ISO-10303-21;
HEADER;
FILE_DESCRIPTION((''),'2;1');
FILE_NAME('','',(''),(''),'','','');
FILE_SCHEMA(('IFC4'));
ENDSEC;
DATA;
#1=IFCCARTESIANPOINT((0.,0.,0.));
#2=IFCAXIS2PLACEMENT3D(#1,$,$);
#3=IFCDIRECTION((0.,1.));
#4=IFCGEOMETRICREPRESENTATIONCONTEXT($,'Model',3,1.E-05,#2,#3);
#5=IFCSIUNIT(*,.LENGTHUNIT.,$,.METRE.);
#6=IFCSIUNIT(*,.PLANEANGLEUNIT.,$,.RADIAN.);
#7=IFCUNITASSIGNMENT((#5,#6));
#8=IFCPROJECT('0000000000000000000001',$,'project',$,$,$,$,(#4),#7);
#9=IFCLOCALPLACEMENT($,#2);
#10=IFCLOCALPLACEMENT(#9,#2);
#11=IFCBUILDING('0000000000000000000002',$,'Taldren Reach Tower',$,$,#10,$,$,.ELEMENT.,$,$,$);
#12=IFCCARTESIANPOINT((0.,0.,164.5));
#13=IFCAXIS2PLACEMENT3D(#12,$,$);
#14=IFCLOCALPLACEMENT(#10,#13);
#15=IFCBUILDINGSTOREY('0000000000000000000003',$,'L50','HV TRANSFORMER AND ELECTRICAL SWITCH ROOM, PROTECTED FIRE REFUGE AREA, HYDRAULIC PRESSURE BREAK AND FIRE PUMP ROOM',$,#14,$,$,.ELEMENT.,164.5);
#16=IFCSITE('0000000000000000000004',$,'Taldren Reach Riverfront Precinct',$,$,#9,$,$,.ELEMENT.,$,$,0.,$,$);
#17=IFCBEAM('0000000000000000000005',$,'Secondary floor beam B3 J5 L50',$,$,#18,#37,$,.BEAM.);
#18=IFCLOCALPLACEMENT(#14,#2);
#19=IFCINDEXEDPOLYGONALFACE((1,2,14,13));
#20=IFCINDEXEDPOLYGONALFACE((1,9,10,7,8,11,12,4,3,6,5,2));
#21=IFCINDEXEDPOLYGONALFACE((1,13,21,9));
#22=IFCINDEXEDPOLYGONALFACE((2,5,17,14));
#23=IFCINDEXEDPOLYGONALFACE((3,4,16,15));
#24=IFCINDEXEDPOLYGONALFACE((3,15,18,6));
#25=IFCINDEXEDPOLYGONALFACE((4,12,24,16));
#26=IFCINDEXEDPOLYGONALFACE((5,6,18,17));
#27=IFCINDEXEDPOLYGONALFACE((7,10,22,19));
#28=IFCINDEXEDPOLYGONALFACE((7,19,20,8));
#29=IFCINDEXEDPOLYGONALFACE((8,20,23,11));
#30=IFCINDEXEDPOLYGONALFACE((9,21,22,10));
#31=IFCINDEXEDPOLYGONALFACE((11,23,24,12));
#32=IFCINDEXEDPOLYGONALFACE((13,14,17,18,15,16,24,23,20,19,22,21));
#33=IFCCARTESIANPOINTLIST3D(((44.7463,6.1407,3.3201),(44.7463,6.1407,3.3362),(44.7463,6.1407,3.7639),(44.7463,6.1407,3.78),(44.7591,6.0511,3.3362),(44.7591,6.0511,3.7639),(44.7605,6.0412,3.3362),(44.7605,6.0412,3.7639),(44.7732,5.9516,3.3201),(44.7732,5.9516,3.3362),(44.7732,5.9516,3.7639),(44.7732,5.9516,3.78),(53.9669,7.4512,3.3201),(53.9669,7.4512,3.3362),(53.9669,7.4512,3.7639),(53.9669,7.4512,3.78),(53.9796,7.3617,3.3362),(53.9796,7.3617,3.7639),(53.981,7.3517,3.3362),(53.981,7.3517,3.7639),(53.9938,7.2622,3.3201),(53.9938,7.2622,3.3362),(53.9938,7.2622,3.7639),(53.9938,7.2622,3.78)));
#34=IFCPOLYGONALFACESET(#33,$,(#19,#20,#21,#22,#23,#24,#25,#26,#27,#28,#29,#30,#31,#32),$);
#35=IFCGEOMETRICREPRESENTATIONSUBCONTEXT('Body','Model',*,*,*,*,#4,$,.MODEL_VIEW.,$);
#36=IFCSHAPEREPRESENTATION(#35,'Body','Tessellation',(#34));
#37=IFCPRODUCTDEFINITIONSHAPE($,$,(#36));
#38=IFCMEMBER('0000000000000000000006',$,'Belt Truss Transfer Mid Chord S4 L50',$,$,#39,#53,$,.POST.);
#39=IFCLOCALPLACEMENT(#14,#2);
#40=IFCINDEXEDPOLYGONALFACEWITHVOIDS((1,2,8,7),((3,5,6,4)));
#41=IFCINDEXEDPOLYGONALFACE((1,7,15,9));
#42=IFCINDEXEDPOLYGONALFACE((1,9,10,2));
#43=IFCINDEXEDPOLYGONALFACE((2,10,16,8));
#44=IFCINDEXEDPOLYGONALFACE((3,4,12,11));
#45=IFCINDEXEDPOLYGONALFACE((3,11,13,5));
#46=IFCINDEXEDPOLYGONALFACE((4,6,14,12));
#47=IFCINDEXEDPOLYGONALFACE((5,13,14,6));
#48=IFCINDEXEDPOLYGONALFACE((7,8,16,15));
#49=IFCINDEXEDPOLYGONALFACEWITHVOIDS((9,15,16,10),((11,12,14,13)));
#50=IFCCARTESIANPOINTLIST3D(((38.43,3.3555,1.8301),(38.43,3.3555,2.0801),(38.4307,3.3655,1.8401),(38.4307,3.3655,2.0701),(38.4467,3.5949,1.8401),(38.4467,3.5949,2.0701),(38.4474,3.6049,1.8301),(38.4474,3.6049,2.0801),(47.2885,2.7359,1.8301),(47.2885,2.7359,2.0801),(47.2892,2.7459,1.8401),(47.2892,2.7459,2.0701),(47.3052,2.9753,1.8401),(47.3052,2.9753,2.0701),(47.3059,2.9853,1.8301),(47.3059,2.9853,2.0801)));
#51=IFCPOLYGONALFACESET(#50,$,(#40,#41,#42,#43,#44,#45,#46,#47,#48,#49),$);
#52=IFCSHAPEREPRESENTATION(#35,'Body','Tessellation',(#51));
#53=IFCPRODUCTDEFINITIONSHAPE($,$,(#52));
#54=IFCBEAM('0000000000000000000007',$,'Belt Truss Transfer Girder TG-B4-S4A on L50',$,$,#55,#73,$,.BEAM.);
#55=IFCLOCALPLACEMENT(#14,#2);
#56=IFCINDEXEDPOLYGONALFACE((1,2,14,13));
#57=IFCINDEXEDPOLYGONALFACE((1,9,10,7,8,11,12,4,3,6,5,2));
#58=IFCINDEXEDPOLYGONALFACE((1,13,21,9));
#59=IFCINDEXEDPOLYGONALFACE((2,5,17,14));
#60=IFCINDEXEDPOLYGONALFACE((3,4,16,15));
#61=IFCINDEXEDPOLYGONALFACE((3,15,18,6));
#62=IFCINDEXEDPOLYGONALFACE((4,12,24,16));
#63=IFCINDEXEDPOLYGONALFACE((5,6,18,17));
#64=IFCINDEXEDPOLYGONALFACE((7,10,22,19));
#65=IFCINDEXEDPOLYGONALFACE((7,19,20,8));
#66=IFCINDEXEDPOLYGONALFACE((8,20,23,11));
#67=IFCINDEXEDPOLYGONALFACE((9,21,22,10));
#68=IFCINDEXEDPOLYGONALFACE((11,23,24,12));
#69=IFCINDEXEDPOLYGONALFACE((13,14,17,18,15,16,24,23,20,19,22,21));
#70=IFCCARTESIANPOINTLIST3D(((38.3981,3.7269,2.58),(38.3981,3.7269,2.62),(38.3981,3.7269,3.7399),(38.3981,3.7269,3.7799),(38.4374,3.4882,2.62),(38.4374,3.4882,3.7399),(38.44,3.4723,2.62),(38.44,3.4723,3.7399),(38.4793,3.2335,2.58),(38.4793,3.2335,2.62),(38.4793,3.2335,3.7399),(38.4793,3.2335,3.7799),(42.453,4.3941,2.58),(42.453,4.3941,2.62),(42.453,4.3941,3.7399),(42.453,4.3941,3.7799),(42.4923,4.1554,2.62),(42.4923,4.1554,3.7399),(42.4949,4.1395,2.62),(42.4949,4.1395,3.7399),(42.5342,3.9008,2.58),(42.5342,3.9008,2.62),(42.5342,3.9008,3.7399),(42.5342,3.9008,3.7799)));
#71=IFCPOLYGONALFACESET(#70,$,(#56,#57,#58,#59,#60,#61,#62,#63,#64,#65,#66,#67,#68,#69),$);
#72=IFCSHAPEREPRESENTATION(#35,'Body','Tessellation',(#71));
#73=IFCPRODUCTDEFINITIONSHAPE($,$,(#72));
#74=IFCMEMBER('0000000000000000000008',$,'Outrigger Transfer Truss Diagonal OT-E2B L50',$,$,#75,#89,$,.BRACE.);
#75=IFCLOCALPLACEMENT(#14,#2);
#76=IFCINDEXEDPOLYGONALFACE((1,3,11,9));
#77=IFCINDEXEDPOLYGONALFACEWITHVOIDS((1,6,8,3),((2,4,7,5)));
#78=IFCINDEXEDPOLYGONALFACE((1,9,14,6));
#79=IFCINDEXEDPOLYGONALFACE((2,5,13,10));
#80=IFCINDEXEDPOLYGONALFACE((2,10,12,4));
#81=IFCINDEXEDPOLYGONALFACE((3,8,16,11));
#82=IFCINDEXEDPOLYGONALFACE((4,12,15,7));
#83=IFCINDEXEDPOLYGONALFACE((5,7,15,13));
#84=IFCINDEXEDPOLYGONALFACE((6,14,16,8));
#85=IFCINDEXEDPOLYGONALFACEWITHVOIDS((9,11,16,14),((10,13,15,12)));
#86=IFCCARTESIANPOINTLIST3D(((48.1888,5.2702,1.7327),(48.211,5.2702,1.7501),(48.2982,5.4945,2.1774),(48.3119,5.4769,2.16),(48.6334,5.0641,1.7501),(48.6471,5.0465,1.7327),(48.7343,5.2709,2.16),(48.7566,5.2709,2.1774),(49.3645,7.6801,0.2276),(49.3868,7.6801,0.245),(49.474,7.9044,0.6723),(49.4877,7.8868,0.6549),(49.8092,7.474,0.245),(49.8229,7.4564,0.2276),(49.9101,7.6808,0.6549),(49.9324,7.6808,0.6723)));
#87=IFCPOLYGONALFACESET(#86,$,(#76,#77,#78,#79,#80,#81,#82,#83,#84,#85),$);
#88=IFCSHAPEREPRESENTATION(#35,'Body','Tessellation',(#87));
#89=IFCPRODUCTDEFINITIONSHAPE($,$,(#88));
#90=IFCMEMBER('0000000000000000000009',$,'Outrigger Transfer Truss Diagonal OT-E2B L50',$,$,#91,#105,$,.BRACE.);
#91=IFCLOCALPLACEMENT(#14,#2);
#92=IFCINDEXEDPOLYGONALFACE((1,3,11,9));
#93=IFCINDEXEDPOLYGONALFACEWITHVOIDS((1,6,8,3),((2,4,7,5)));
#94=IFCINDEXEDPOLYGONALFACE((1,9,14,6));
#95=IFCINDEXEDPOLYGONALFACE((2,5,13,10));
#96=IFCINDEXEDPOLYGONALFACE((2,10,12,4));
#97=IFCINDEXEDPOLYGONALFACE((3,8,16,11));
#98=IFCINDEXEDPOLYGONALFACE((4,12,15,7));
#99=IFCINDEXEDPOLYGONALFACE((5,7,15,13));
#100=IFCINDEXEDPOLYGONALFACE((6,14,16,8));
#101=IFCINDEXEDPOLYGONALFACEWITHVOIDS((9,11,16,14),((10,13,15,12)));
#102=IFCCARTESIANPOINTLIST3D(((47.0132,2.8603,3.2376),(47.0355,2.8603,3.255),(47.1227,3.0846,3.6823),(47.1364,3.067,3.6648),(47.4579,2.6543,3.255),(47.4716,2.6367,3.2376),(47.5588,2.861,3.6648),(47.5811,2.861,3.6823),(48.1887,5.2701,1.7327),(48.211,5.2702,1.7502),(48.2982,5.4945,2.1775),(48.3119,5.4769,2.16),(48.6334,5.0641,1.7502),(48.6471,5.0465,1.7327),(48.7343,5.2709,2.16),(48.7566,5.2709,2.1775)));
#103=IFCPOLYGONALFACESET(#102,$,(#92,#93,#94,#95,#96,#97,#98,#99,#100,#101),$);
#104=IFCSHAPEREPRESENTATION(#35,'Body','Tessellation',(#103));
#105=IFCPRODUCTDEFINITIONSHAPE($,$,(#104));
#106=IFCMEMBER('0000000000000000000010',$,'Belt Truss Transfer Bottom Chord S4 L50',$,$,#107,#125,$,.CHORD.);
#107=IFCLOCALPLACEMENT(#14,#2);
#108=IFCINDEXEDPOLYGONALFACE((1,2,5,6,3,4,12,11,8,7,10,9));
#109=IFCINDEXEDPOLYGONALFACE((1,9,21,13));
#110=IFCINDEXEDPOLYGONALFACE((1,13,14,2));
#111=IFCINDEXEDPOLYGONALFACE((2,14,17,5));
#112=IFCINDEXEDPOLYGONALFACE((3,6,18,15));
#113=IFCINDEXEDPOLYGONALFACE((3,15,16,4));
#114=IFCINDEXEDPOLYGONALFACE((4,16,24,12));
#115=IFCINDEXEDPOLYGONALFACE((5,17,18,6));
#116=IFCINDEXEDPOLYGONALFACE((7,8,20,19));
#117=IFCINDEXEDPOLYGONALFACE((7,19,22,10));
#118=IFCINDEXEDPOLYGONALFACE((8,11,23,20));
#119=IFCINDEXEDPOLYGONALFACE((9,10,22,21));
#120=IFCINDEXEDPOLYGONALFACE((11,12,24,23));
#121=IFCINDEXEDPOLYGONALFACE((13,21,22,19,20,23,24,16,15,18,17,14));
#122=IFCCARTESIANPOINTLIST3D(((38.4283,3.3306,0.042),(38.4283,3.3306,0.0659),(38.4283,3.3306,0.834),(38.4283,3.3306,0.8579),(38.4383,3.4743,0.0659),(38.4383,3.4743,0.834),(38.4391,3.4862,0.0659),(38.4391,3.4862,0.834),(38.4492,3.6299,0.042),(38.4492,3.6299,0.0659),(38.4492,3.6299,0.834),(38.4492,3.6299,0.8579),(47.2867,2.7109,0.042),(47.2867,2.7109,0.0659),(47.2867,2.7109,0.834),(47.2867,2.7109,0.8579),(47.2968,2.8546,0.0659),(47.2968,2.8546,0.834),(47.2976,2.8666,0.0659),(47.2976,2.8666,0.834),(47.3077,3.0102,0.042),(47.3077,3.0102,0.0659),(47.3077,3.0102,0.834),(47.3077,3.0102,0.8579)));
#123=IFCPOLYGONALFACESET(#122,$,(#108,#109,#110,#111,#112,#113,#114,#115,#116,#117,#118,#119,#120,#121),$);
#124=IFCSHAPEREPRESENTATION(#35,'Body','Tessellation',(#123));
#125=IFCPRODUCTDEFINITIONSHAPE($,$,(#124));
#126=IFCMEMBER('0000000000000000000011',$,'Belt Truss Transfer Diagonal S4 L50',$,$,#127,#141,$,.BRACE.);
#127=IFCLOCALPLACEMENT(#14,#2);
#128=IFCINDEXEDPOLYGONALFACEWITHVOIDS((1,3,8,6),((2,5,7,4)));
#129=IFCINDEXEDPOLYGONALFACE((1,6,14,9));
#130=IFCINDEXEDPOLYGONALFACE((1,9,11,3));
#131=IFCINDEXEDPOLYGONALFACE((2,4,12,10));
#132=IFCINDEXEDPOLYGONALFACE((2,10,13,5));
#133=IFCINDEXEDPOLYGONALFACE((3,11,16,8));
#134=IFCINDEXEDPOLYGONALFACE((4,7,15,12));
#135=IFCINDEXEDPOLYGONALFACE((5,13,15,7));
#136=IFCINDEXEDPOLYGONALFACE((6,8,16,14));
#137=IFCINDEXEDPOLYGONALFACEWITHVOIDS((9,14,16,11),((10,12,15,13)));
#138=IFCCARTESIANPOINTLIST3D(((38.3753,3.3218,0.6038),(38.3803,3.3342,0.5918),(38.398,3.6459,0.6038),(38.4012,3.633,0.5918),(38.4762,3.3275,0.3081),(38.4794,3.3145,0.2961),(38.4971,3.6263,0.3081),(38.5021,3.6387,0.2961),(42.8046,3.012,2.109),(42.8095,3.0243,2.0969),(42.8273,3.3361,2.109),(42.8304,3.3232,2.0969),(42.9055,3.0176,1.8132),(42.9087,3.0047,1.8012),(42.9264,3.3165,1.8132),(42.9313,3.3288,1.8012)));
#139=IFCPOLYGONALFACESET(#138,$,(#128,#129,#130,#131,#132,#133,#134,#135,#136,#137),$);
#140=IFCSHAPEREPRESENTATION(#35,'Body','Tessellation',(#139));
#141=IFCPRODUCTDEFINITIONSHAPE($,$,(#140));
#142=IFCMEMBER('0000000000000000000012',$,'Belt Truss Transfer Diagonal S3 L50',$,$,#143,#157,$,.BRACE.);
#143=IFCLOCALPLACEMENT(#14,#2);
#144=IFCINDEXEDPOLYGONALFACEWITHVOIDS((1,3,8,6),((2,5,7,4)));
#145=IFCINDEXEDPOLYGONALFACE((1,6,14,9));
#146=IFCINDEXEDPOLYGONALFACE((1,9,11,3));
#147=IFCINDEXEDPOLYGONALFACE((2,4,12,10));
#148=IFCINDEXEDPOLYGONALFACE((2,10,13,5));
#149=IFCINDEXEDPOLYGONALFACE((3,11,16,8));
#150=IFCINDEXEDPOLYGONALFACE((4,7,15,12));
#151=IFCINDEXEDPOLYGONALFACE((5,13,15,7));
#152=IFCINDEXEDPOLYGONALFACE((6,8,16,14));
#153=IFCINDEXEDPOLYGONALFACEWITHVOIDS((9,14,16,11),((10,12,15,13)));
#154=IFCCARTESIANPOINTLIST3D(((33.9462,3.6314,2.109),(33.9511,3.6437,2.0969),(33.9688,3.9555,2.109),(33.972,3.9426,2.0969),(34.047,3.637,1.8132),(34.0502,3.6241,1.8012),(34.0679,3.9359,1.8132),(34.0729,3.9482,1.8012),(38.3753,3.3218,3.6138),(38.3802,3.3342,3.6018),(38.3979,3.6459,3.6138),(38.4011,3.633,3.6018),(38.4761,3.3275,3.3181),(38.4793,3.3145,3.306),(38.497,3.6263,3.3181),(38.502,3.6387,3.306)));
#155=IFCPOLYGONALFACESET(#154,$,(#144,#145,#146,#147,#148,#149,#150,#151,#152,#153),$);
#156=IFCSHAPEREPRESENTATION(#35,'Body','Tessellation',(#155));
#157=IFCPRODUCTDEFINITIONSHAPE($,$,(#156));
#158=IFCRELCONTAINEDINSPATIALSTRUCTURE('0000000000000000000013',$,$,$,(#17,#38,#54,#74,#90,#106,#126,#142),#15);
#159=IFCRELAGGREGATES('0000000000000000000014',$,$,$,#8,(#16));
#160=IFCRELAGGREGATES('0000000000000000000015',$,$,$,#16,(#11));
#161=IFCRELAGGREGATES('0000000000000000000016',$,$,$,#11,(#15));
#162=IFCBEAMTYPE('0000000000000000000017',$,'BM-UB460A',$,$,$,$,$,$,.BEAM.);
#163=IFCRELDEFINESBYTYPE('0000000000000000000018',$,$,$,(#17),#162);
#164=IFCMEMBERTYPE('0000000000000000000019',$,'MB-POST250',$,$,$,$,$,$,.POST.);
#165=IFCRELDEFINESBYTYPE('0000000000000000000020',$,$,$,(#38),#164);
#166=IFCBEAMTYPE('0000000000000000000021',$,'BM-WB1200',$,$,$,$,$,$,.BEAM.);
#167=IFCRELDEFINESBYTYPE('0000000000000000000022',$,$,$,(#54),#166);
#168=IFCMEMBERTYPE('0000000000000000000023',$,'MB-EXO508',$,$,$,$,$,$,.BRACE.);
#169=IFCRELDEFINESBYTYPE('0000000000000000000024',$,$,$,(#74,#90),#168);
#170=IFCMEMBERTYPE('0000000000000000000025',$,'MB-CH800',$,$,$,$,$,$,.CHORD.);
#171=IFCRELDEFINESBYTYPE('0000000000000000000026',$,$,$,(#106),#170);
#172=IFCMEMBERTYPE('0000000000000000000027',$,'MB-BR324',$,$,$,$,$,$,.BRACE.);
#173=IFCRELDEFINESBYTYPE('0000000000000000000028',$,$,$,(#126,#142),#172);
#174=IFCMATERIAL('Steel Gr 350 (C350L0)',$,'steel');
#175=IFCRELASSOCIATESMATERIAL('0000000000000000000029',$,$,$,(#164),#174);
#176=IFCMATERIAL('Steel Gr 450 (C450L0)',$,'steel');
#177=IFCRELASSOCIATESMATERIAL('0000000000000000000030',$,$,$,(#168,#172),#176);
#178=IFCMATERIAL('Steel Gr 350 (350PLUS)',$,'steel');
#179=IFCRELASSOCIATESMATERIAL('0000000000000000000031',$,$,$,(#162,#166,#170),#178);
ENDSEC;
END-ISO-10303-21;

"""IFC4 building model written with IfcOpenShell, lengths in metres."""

from ifc_helpers import new_model, si_unit, direction, frame, origin, origin_2d, place, context, subcontext, project, spatial, hollow_rectangle, i_section, extrude, source, transform, mapped, material, material_profile, profile_set, type_object, element, save


model = new_model("IFC4")

# Units and contexts
model_context = context("Model", 3, precision=1e-05, world=origin(), true_north=direction((0.0, 1.0)))
body_context = subcontext(model_context, "Body", "Model", "MODEL_VIEW")
ifc_project = project(units=[si_unit("LENGTHUNIT", "METRE"), si_unit("PLANEANGLEUNIT", "RADIAN")], contexts=[model_context])

# Site, building, storey
site_placement = place(None, origin())
site = spatial("IfcSite", under=ifc_project, at=site_placement, Name="Taldren Reach Riverfront Precinct", CompositionType="ELEMENT", RefElevation=0.0)
building_placement = place(site_placement, origin())
building = spatial("IfcBuilding", under=site, at=building_placement, Name="Taldren Reach Tower", CompositionType="ELEMENT")
storey_placement = place(building_placement, frame((0.0, 0.0, 164.5)))
storey = spatial("IfcBuildingStorey", under=building, at=storey_placement, Name="L50", Description="HV TRANSFORMER AND ELECTRICAL SWITCH ROOM, PROTECTED FIRE REFUGE AREA, HYDRAULIC PRESSURE BREAK AND FIRE PUMP ROOM", CompositionType="ELEMENT", Elevation=164.5)

# Shared definitions
ifc_material_1 = material(Name="Steel Gr 450 (C450L0)", Category="steel")
ifc_material_2 = material(Name="Steel Gr 350 (350PLUS)", Category="steel")

# Shared definitions
ifc_material_3 = material(Name="Steel Gr 350 (C350L0)", Category="steel")
ifc_material_profile_1 = material_profile(ifc_material_3, hollow_rectangle(XDim=0.25, YDim=0.25, WallThickness=0.01, at=origin_2d()), Name="250x250x10.0SHS")
ifc_profile_set_1 = profile_set([ifc_material_profile_1], Name="Steel Gr 350 (C350L0)")
member_type_1 = type_object("IfcMemberType", Name="MB-POST250", PredefinedType="POST", material=ifc_profile_set_1)
ifc_material_profile_2 = material_profile(ifc_material_1, hollow_rectangle(XDim=0.51, YDim=0.51, WallThickness=0.02, at=origin_2d()), Name="510x510x20.0SHS")
ifc_profile_set_2 = profile_set([ifc_material_profile_2], Name="Steel Gr 450 (C450L0)")
member_type_2 = type_object("IfcMemberType", Name="MB-EXO508", PredefinedType="BRACE", material=ifc_profile_set_2)

# Beam
ifc_material_profile_3 = material_profile(ifc_material_2, i_section(OverallWidth=0.1909, OverallDepth=0.46, WebThickness=0.01, FlangeThickness=0.0161, at=origin_2d()), Name="460UB82.1")
ifc_profile_set_3 = profile_set([ifc_material_profile_3], Name="Steel Gr 350 (350PLUS)")
beam_type_1 = type_object("IfcBeamType", Name="BM-UB460A", PredefinedType="BEAM", material=ifc_profile_set_3)
shared_shape_1 = source(origin(), body_context, "Body", "SweptSolid", [
    extrude(i_section(OverallWidth=0.1909, OverallDepth=0.46, WebThickness=0.01, FlangeThickness=0.0161, at=origin_2d()), origin(), (0.0, 0.0, 1.0), 9.3132),
])
beam_1_placement = place(storey_placement, frame((44.7598, 6.0461, 3.55), z_axis=(0.990049, 0.14072, 0.0), x_axis=(-0.14072, 0.990049, 0.0)))
element("IfcBeam", 1, at=beam_1_placement, inside=storey, type_object=beam_type_1, Name="Secondary floor beam B3 J5 L50", PredefinedType="BEAM", context=body_context, shape_type="MappedRepresentation", body=[
    mapped(shared_shape_1, transform((0.0, 0.0, 0.0), scale=1.0)),
])

# Member
shared_shape_2 = source(origin(), body_context, "Body", "SweptSolid", [
    extrude(hollow_rectangle(XDim=0.25, YDim=0.25, WallThickness=0.01, at=origin_2d()), origin(), (0.0, 0.0, 1.0), 8.8801),
])
member_1_placement = place(storey_placement, frame((38.4387, 3.4802, 1.9551), z_axis=(0.997563, -0.069778, 0.0), x_axis=(0.069778, 0.997563, 0.0)))
element("IfcMember", 2, at=member_1_placement, inside=storey, type_object=member_type_1, Name="Belt Truss Transfer Mid Chord S4 L50", PredefinedType="POST", context=body_context, shape_type="MappedRepresentation", body=[
    mapped(shared_shape_2, transform((0.0, 0.0, 0.0), scale=1.0)),
])

# Beam
ifc_material_profile_4 = material_profile(ifc_material_2, i_section(OverallWidth=0.5, OverallDepth=1.2, WebThickness=0.0161, FlangeThickness=0.04, at=origin_2d()), Name="1200WB455")
ifc_profile_set_4 = profile_set([ifc_material_profile_4], Name="Steel Gr 350 (350PLUS)")
beam_type_2 = type_object("IfcBeamType", Name="BM-WB1200", PredefinedType="BEAM", material=ifc_profile_set_4)
shared_shape_3 = source(origin(), body_context, "Body", "SweptSolid", [
    extrude(i_section(OverallWidth=0.5, OverallDepth=1.2, WebThickness=0.0161, FlangeThickness=0.04, at=origin_2d()), origin(), (0.0, 0.0, 1.0), 4.1094),
])
beam_2_placement = place(storey_placement, frame((38.4387, 3.4802, 3.1799), z_axis=(0.986731, 0.162366, 0.0), x_axis=(-0.162366, 0.986731, 0.0)))
element("IfcBeam", 3, at=beam_2_placement, inside=storey, type_object=beam_type_2, Name="Belt Truss Transfer Girder TG-B4-S4A on L50", PredefinedType="BEAM", context=body_context, shape_type="MappedRepresentation", body=[
    mapped(shared_shape_3, transform((0.0, 0.0, 0.0), scale=1.0)),
])

# Members
shared_shape_4 = source(origin(), body_context, "Body", "SweptSolid", [
    extrude(hollow_rectangle(XDim=0.51, YDim=0.51, WallThickness=0.02, at=origin_2d()), origin(), (0.0, 0.0, 1.0), 3.075),
])
member_2_placement = place(storey_placement, frame((49.6484, 7.6804, 0.45), z_axis=(-0.38237, -0.783715, 0.489474), x_axis=(0.898737, -0.438488, 0.0)))
element("IfcMember", 4, at=member_2_placement, inside=storey, type_object=member_type_2, Name="Outrigger Transfer Truss Diagonal OT-E2B L50", PredefinedType="BRACE", context=body_context, shape_type="MappedRepresentation", body=[
    mapped(shared_shape_4, transform((0.0, 0.0, 0.0), scale=1.0)),
])
shared_shape_5 = source(origin(), body_context, "Body", "SweptSolid", [
    extrude(hollow_rectangle(XDim=0.51, YDim=0.51, WallThickness=0.02, at=origin_2d()), origin(), (0.0, 0.0, 1.0), 3.0747),
])
member_3_placement = place(storey_placement, frame((48.4727, 5.2705, 1.9551), z_axis=(-0.382317, -0.783769, 0.489429), x_axis=(0.898773, -0.438415, 0.0)))
element("IfcMember", 5, at=member_3_placement, inside=storey, type_object=member_type_2, Name="Outrigger Transfer Truss Diagonal OT-E2B L50", PredefinedType="BRACE", context=body_context, shape_type="MappedRepresentation", body=[
    mapped(shared_shape_5, transform((0.0, 0.0, 0.0), scale=1.0)),
])
ifc_material_profile_5 = material_profile(ifc_material_2, i_section(OverallWidth=0.3, OverallDepth=0.8159, WebThickness=0.012, FlangeThickness=0.0239, at=origin_2d()), Name="800WB192")
ifc_profile_set_5 = profile_set([ifc_material_profile_5], Name="Steel Gr 350 (350PLUS)")
member_type_3 = type_object("IfcMemberType", Name="MB-CH800", PredefinedType="CHORD", material=ifc_profile_set_5)
shared_shape_6 = source(origin(), body_context, "Body", "SweptSolid", [
    extrude(i_section(OverallWidth=0.3, OverallDepth=0.8159, WebThickness=0.012, FlangeThickness=0.0239, at=origin_2d()), origin(), (0.0, 0.0, 1.0), 8.8801),
])
member_4_placement = place(storey_placement, frame((38.4387, 3.4802, 0.45), z_axis=(0.997563, -0.069778, 0.0), x_axis=(0.069778, 0.997563, 0.0)))
element("IfcMember", 6, at=member_4_placement, inside=storey, type_object=member_type_3, Name="Belt Truss Transfer Bottom Chord S4 L50", PredefinedType="CHORD", context=body_context, shape_type="MappedRepresentation", body=[
    mapped(shared_shape_6, transform((0.0, 0.0, 0.0), scale=1.0)),
])
ifc_material_profile_6 = material_profile(ifc_material_1, hollow_rectangle(XDim=0.325, YDim=0.325, WallThickness=0.0127, at=origin_2d()), Name="325x325x12.7SHS")
ifc_profile_set_6 = profile_set([ifc_material_profile_6], Name="Steel Gr 450 (C450L0)")
member_type_4 = type_object("IfcMemberType", Name="MB-BR324", PredefinedType="BRACE", material=ifc_profile_set_6)
shared_shape_7 = source(origin(), body_context, "Body", "SweptSolid", [
    extrude(hollow_rectangle(XDim=0.325, YDim=0.325, WallThickness=0.0127, at=origin_2d()), origin(), (0.0, 0.0, 1.0), 4.6882),
])
member_5_placement = place(storey_placement, frame((38.4387, 3.4802, 0.45), z_axis=(0.944755, -0.066084, 0.321046), x_axis=(0.069778, 0.997563, 0.0)))
element("IfcMember", 7, at=member_5_placement, inside=storey, type_object=member_type_4, Name="Belt Truss Transfer Diagonal S4 L50", PredefinedType="BRACE", context=body_context, shape_type="MappedRepresentation", body=[
    mapped(shared_shape_7, transform((0.0, 0.0, 0.0), scale=1.0)),
])
shared_shape_8 = source(origin(), body_context, "Body", "SweptSolid", [
    extrude(hollow_rectangle(XDim=0.325, YDim=0.325, WallThickness=0.0127, at=origin_2d()), origin(), (0.0, 0.0, 1.0), 4.688),
])
member_6_placement = place(storey_placement, frame((34.0095, 3.7898, 1.9551), z_axis=(0.944774, -0.066033, 0.321), x_axis=(0.069723, 0.997566, 0.0)))
element("IfcMember", 8, at=member_6_placement, inside=storey, type_object=member_type_4, Name="Belt Truss Transfer Diagonal S3 L50", PredefinedType="BRACE", context=body_context, shape_type="MappedRepresentation", body=[
    mapped(shared_shape_8, transform((0.0, 0.0, 0.0), scale=1.0)),
])

save(model, "model.ifc")
